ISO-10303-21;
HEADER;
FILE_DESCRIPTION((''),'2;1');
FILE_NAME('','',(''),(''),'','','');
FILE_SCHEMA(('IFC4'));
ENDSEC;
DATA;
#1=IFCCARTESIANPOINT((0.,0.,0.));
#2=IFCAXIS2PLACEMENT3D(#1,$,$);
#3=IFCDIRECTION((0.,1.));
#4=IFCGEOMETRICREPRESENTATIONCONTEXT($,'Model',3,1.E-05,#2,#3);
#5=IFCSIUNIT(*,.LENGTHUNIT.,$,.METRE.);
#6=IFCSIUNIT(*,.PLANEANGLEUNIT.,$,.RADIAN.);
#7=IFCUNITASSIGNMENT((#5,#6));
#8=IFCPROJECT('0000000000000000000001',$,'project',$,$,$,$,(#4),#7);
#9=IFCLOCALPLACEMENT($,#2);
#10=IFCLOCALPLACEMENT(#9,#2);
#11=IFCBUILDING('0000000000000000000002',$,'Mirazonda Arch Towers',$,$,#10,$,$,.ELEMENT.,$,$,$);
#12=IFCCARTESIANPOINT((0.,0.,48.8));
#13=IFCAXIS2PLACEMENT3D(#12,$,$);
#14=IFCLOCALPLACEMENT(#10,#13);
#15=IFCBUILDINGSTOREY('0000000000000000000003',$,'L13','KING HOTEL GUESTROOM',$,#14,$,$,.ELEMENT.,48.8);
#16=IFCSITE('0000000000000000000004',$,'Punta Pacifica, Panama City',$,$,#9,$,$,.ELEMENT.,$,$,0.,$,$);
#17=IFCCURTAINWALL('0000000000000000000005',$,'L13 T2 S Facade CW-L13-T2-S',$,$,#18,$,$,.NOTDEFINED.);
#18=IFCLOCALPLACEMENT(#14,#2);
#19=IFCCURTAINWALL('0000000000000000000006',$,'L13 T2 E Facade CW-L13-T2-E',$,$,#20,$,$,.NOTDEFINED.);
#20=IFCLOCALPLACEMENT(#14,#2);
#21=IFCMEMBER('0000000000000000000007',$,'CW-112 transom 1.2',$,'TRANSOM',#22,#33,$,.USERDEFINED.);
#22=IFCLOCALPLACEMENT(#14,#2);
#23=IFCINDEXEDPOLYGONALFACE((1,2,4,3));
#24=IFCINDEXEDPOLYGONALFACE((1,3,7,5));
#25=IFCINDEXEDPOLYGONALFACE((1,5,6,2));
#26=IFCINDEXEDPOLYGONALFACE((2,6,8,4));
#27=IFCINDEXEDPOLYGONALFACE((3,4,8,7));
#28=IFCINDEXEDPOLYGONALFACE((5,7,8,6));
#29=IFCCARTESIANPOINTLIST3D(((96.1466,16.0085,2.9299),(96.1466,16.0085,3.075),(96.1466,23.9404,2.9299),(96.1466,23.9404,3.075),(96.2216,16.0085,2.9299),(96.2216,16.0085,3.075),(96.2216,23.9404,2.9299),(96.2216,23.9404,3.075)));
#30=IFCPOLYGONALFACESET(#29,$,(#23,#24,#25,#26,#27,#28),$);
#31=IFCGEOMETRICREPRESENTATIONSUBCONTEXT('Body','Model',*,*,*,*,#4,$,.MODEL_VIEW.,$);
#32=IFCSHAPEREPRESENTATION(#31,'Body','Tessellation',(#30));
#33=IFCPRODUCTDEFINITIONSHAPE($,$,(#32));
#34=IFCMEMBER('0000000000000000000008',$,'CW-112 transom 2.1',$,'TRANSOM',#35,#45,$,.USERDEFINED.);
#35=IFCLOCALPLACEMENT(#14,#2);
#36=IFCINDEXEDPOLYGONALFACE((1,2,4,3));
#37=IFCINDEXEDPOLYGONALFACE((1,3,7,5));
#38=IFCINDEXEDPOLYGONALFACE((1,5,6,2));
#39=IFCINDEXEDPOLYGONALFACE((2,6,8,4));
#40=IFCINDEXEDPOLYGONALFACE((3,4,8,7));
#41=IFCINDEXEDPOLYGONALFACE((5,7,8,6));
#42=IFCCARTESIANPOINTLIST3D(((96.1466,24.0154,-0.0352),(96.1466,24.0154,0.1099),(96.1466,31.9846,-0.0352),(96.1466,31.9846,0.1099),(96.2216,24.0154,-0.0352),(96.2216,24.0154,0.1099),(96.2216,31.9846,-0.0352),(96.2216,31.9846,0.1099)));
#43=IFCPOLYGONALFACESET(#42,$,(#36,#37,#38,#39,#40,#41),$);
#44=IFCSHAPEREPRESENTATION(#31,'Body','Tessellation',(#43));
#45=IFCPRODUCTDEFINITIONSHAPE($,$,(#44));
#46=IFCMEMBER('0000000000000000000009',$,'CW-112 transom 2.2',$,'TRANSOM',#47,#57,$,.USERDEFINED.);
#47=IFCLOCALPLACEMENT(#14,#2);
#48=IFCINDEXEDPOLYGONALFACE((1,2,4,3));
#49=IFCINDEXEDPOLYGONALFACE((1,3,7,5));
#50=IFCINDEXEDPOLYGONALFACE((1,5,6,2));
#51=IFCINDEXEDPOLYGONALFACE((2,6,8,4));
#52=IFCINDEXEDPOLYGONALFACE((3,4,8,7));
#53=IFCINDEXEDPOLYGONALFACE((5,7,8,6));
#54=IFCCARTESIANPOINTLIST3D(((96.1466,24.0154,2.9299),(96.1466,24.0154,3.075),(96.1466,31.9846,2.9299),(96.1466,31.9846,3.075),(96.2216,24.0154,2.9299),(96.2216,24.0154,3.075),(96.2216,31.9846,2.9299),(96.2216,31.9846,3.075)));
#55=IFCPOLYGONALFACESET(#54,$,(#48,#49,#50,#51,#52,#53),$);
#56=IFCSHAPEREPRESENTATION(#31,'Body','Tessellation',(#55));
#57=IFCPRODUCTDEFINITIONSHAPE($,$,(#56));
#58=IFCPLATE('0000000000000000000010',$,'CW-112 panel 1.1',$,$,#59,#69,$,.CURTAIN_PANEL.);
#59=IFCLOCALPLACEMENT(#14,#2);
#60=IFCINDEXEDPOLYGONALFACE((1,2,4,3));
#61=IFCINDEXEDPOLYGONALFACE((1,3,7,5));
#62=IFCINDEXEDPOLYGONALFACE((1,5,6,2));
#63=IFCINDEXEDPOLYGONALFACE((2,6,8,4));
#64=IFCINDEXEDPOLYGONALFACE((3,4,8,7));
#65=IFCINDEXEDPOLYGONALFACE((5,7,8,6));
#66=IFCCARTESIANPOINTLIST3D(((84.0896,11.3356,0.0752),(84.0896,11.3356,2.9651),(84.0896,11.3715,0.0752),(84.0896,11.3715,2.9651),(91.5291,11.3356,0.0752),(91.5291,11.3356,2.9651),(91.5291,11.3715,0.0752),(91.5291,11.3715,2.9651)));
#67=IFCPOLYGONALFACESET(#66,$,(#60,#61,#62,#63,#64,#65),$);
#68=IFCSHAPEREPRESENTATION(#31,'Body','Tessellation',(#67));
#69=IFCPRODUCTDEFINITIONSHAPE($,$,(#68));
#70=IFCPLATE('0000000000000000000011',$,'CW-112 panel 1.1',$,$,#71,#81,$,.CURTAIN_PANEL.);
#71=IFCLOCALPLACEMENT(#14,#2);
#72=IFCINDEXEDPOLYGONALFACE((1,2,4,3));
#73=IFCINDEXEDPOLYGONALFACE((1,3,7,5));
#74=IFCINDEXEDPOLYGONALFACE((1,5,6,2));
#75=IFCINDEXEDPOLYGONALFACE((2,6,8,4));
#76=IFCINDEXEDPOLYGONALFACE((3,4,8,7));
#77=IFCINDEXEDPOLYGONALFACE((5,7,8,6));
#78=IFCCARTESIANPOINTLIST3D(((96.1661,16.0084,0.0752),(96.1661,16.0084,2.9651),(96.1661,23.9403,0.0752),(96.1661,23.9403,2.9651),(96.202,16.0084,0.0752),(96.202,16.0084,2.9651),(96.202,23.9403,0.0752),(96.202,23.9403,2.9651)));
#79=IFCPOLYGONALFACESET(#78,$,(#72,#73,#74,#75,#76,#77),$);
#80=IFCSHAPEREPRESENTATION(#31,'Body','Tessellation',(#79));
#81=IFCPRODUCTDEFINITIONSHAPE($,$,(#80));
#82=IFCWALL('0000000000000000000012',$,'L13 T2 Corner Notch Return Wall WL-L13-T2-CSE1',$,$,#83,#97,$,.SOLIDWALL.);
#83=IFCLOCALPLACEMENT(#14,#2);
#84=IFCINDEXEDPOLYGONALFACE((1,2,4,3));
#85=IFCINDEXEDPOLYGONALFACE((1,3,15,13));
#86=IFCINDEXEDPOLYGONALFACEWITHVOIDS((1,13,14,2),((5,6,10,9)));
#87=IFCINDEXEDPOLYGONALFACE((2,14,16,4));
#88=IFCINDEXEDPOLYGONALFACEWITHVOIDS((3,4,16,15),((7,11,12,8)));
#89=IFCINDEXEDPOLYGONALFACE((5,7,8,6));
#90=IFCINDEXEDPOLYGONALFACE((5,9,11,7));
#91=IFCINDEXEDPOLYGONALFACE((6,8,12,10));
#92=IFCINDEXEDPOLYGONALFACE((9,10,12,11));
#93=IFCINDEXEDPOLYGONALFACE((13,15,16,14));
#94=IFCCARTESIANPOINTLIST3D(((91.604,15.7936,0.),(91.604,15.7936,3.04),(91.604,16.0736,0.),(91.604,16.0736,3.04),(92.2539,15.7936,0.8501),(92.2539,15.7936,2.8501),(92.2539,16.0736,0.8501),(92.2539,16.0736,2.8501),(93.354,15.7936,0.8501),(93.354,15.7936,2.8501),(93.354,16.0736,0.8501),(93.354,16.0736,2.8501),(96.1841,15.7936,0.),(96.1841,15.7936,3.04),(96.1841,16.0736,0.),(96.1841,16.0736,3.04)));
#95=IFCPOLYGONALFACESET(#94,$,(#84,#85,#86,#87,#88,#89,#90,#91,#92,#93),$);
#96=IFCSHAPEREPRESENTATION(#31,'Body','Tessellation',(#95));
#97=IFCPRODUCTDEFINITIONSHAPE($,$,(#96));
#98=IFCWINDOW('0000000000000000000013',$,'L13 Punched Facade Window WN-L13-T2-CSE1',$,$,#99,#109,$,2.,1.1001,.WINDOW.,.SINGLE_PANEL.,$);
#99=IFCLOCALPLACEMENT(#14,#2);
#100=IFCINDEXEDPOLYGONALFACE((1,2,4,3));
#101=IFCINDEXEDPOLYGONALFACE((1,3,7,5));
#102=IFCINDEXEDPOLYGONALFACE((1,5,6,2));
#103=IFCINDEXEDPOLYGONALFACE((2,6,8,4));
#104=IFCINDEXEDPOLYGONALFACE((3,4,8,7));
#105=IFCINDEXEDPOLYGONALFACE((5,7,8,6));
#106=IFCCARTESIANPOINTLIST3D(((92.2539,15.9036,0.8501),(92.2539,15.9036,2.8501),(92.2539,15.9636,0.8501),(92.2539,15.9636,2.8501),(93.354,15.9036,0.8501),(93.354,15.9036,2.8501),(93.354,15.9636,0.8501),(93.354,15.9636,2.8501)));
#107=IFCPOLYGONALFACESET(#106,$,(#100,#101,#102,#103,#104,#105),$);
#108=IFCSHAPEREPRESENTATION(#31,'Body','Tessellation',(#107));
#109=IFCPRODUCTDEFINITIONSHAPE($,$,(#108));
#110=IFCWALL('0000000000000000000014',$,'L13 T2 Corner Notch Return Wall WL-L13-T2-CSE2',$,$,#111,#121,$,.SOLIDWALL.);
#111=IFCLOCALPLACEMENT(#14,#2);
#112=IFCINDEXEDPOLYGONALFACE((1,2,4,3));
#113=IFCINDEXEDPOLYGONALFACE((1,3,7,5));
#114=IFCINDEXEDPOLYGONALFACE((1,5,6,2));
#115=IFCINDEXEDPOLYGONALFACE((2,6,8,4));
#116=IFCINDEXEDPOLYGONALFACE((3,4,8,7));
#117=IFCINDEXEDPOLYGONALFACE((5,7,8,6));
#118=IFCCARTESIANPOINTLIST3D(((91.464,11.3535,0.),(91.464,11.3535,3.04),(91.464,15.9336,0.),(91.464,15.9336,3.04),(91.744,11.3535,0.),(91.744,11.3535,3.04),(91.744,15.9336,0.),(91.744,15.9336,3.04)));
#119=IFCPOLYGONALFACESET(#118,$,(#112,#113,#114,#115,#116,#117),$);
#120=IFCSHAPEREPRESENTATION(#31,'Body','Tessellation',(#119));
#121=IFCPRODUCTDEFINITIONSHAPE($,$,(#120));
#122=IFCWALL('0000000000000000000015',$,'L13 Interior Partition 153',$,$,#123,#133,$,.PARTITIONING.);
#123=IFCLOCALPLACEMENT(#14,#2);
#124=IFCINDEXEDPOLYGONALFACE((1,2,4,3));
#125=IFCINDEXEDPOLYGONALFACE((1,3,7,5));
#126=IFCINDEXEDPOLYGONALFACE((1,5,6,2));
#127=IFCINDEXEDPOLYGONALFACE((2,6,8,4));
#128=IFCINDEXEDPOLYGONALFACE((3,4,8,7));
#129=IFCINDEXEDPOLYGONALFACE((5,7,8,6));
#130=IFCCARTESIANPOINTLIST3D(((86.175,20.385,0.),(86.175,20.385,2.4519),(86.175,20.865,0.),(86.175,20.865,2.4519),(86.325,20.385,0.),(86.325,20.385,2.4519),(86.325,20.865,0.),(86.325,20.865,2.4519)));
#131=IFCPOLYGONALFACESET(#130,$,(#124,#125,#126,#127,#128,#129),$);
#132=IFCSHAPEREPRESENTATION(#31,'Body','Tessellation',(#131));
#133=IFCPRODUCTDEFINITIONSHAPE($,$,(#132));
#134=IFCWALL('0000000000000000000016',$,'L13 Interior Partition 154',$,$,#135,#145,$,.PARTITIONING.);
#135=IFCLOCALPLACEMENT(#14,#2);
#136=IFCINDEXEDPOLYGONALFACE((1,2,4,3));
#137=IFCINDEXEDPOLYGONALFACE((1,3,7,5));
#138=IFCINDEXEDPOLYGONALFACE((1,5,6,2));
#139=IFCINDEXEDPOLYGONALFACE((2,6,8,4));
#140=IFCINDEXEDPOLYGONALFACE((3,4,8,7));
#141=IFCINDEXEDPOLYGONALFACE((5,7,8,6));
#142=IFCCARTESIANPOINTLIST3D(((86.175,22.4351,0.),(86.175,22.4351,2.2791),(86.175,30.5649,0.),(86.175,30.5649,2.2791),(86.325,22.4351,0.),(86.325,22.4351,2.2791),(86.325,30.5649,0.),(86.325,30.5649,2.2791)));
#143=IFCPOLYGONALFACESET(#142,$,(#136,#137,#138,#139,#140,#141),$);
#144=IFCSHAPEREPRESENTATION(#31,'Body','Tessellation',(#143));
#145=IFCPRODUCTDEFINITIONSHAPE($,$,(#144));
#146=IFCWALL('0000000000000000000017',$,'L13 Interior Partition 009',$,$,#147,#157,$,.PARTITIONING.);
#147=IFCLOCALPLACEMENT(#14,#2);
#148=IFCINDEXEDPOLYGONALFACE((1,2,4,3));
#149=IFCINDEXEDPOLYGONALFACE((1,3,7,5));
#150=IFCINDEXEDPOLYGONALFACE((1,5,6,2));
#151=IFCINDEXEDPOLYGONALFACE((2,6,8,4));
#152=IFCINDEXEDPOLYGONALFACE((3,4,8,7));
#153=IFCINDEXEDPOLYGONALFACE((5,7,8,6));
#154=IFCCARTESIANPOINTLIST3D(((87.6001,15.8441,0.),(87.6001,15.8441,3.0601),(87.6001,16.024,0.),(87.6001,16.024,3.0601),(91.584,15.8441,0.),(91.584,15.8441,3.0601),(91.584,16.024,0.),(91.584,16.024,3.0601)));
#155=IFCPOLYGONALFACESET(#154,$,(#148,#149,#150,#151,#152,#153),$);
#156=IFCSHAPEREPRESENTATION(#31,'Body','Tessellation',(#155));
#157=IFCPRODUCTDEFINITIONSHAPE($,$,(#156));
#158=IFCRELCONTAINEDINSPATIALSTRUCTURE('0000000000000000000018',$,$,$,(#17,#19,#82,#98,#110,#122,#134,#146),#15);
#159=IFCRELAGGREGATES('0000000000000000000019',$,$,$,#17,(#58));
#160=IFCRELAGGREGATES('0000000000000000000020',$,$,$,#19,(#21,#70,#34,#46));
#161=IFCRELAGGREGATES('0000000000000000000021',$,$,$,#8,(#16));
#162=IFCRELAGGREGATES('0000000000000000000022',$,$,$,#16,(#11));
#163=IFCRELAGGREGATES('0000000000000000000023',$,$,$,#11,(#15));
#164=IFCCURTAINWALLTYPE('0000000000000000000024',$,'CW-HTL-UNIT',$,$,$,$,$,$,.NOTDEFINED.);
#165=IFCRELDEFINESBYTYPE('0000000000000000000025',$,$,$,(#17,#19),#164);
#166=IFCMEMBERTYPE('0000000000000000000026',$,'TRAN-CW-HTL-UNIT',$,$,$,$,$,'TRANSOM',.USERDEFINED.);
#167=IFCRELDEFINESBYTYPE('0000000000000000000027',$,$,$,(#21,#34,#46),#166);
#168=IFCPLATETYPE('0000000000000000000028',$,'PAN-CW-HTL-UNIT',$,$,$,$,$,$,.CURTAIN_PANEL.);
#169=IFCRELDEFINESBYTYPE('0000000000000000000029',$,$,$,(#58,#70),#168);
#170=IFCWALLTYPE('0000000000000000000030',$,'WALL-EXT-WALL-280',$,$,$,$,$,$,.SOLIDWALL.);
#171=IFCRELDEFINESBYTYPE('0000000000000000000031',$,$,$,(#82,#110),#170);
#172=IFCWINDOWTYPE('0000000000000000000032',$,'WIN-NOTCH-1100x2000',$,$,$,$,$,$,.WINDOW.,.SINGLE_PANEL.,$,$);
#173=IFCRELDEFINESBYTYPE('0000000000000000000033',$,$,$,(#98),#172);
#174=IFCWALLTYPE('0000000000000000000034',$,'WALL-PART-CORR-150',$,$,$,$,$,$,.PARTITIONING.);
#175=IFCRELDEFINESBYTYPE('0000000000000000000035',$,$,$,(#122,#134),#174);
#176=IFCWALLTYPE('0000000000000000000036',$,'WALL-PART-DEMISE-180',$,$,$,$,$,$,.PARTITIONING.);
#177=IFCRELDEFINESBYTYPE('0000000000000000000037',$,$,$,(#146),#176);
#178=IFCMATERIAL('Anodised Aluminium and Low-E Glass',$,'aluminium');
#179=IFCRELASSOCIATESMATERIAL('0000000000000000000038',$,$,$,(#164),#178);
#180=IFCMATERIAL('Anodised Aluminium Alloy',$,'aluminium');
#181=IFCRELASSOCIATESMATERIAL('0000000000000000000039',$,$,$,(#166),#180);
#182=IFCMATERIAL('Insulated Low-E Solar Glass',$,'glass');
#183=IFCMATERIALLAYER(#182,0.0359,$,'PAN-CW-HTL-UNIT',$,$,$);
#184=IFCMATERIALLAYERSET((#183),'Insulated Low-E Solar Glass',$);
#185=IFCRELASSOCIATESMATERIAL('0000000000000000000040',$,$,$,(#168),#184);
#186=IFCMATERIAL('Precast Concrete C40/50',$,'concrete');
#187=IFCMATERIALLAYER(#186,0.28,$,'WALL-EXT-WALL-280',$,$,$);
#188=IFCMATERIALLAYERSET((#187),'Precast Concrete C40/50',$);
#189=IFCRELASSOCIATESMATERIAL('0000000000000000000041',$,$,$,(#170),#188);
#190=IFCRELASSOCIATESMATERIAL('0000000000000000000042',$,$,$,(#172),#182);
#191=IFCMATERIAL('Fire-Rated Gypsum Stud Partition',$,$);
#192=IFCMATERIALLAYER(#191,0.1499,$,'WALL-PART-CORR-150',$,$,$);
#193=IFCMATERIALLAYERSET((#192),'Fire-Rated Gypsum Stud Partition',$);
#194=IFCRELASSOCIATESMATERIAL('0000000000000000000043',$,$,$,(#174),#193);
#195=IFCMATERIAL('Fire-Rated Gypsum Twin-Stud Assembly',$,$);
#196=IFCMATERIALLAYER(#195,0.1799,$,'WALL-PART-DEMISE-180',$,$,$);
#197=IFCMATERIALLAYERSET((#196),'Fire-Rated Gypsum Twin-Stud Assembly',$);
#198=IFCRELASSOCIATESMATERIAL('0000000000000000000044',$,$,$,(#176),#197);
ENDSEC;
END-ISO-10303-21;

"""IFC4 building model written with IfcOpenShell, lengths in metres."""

from ifc_helpers import new_model, si_unit, direction, frame, frame_2d, origin, origin_2d, place, context, subcontext, project, spatial, rectangle, extrude, material, layer, layer_set, material_profile, profile_set, type_object, element, fill, aggregate, save


model = new_model("IFC4")

# Units and contexts
model_context = context("Model", 3, precision=1e-05, world=origin(), true_north=direction((0.0, 1.0)))
body_context = subcontext(model_context, "Body", "Model", "MODEL_VIEW")
ifc_project = project(units=[si_unit("LENGTHUNIT", "METRE"), si_unit("PLANEANGLEUNIT", "RADIAN")], contexts=[model_context])

# Site, building, storey
site_placement = place(None, origin())
site = spatial("IfcSite", under=ifc_project, at=site_placement, Name="Punta Pacifica, Panama City", CompositionType="ELEMENT", RefElevation=0.0)
building_placement = place(site_placement, origin())
building = spatial("IfcBuilding", under=site, at=building_placement, Name="Mirazonda Arch Towers", CompositionType="ELEMENT")
storey_placement = place(building_placement, frame((0.0, 0.0, 48.8)))
storey = spatial("IfcBuildingStorey", under=building, at=storey_placement, Name="L13", Description="KING HOTEL GUESTROOM", CompositionType="ELEMENT", Elevation=48.8)

# Curtain wall
ifc_material_1 = material(Name="Anodised Aluminium and Low-E Glass", Category="aluminium")
curtain_wall_type = type_object("IfcCurtainWallType", Name="CW-HTL-UNIT", PredefinedType="NOTDEFINED", material=ifc_material_1)
curtain_wall_1_placement = place(storey_placement, origin())
curtain_wall_1 = element("IfcCurtainWall", 1, at=curtain_wall_1_placement, inside=storey, type_object=curtain_wall_type, Name="L13 T2 S Facade CW-L13-T2-S", PredefinedType="NOTDEFINED")
ifc_material_2 = material(Name="Anodised Aluminium Alloy", Category="aluminium")

# Curtain wall
curtain_wall_2_placement = place(storey_placement, origin())
curtain_wall_2 = element("IfcCurtainWall", 2, at=curtain_wall_2_placement, inside=storey, type_object=curtain_wall_type, Name="L13 T2 E Facade CW-L13-T2-E", PredefinedType="NOTDEFINED")

# Members
ifc_material_profile_1 = material_profile(ifc_material_2, rectangle(XDim=0.075, YDim=0.145, at=origin_2d()), Name="ALU-TRAN-75x145")
ifc_profile_set_1 = profile_set([ifc_material_profile_1], Name="Anodised Aluminium Alloy")
member_type_1 = type_object("IfcMemberType", Name="TRAN-CW-HTL-UNIT", ElementType="TRANSOM", PredefinedType="USERDEFINED", material=ifc_profile_set_1)
member_1_placement = place(storey_placement, frame((96.1841, 16.0085, 3.0024), z_axis=(0.0, 1.0, 0.0), x_axis=(-1.0, 0.0, 0.0)))
member_1 = element("IfcMember", 3, at=member_1_placement, type_object=member_type_1, Name="CW-112 transom 1.2", ObjectType="TRANSOM", PredefinedType="USERDEFINED", context=body_context, shape_type="SweptSolid", body=[
    extrude(rectangle(XDim=0.075, YDim=0.145, at=origin_2d()), origin(), (0.0, 0.0, 1.0), 7.9319),
])
member_2_placement = place(storey_placement, frame((96.1841, 24.0154, 0.0374), z_axis=(0.0, 1.0, 0.0), x_axis=(-1.0, 0.0, 0.0)))
member_2 = element("IfcMember", 4, at=member_2_placement, type_object=member_type_1, Name="CW-112 transom 2.1", ObjectType="TRANSOM", PredefinedType="USERDEFINED", context=body_context, shape_type="SweptSolid", body=[
    extrude(rectangle(XDim=0.075, YDim=0.145, at=origin_2d()), origin(), (0.0, 0.0, 1.0), 7.9692),
])
member_3_placement = place(storey_placement, frame((96.1841, 24.0154, 3.0024), z_axis=(0.0, 1.0, 0.0), x_axis=(-1.0, 0.0, 0.0)))
member_3 = element("IfcMember", 5, at=member_3_placement, type_object=member_type_1, Name="CW-112 transom 2.2", ObjectType="TRANSOM", PredefinedType="USERDEFINED", context=body_context, shape_type="SweptSolid", body=[
    extrude(rectangle(XDim=0.075, YDim=0.145, at=origin_2d()), origin(), (0.0, 0.0, 1.0), 7.9692),
])

# Plates
ifc_material_3 = material(Name="Insulated Low-E Solar Glass", Category="glass")
ifc_layer_1 = layer(ifc_material_3, 0.0359, Name="PAN-CW-HTL-UNIT")
ifc_layer_set_1 = layer_set([ifc_layer_1], Name="Insulated Low-E Solar Glass")
plate_type = type_object("IfcPlateType", Name="PAN-CW-HTL-UNIT", PredefinedType="CURTAIN_PANEL", material=ifc_layer_set_1)
plate_1_placement = place(storey_placement, frame((87.8093, 11.3535, 0.0752), z_axis=(0.0, 0.0, 1.0), x_axis=(-1.0, 0.0, 0.0)))
plate_1 = element("IfcPlate", 6, at=plate_1_placement, type_object=plate_type, Name="CW-112 panel 1.1", PredefinedType="CURTAIN_PANEL", context=body_context, shape_type="SweptSolid", body=[
    extrude(rectangle(XDim=7.4395, YDim=0.0359, at=origin_2d()), origin(), (0.0, 0.0, 1.0), 2.8899),
])
aggregate(curtain_wall_1, [plate_1])
plate_2_placement = place(storey_placement, frame((96.1841, 19.9744, 0.0752), z_axis=(0.0, 0.0, 1.0), x_axis=(0.0, 1.0, 0.0)))
plate_2 = element("IfcPlate", 7, at=plate_2_placement, type_object=plate_type, Name="CW-112 panel 1.1", PredefinedType="CURTAIN_PANEL", context=body_context, shape_type="SweptSolid", body=[
    extrude(rectangle(XDim=7.9319, YDim=0.0359, at=origin_2d()), origin(), (0.0, 0.0, 1.0), 2.8899),
])
aggregate(curtain_wall_2, [member_1, plate_2, member_2, member_3])

# Wall, opening, window
ifc_material_4 = material(Name="Precast Concrete C40/50", Category="concrete")
ifc_layer_2 = layer(ifc_material_4, 0.28, Name="WALL-EXT-WALL-280")
ifc_layer_set_2 = layer_set([ifc_layer_2], Name="Precast Concrete C40/50")
wall_type_1 = type_object("IfcWallType", Name="WALL-EXT-WALL-280", PredefinedType="SOLIDWALL", material=ifc_layer_set_2)
wall_1_placement = place(storey_placement, frame((91.604, 15.9336, 0.0), z_axis=(0.0, 0.0, 1.0), x_axis=(1.0, 0.0, 0.0)))
wall_1 = element("IfcWall", 8, at=wall_1_placement, inside=storey, type_object=wall_type_1, Name="L13 T2 Corner Notch Return Wall WL-L13-T2-CSE1", PredefinedType="SOLIDWALL", context=body_context, shape_type="SweptSolid", body=[
    extrude(rectangle(XDim=4.5801, YDim=0.28, at=frame_2d((2.29, 0.0))), origin(), (0.0, 0.0, 1.0), 3.04),
])
opening_1_placement = place(wall_1_placement, frame((0.6499, 0.0, 0.8501)))
opening_1 = element("IfcOpeningElement", 9, at=opening_1_placement, cuts=wall_1, PredefinedType="OPENING", context=body_context, shape_type="SweptSolid", body=[
    extrude(rectangle(XDim=1.1001, YDim=2.0, at=frame_2d((0.55, 1.0))), frame((0.0, 0.1499, 0.0), z_axis=(0.0, -1.0, 0.0), x_axis=(1.0, 0.0, 0.0)), (0.0, 0.0, 1.0), 0.3),
])
window_type = type_object("IfcWindowType", Name="WIN-NOTCH-1100x2000", PartitioningType="SINGLE_PANEL", PredefinedType="WINDOW", material=ifc_material_3)
window_placement = place(opening_1_placement, origin())
window = element("IfcWindow", 10, at=window_placement, inside=storey, type_object=window_type, Name="L13 Punched Facade Window WN-L13-T2-CSE1", OverallHeight=2.0, OverallWidth=1.1001, PartitioningType="SINGLE_PANEL", PredefinedType="WINDOW", context=body_context, shape_type="SweptSolid", body=[
    extrude(rectangle(XDim=1.1001, YDim=2.0, at=frame_2d((0.55, 1.0))), frame((0.0, 0.03, 0.0), z_axis=(0.0, -1.0, 0.0), x_axis=(1.0, 0.0, 0.0)), (0.0, 0.0, 1.0), 0.0601),
])
fill(opening_1, window)

# Walls
wall_2_placement = place(storey_placement, frame((91.604, 11.3535, 0.0), z_axis=(0.0, 0.0, 1.0), x_axis=(0.0, 1.0, 0.0)))
element("IfcWall", 11, at=wall_2_placement, inside=storey, type_object=wall_type_1, Name="L13 T2 Corner Notch Return Wall WL-L13-T2-CSE2", PredefinedType="SOLIDWALL", context=body_context, shape_type="SweptSolid", body=[
    extrude(rectangle(XDim=4.5801, YDim=0.28, at=frame_2d((2.29, 0.0))), origin(), (0.0, 0.0, 1.0), 3.04),
])
ifc_material_5 = material(Name="Fire-Rated Gypsum Stud Partition")
ifc_layer_3 = layer(ifc_material_5, 0.1499, Name="WALL-PART-CORR-150")
ifc_layer_set_3 = layer_set([ifc_layer_3], Name="Fire-Rated Gypsum Stud Partition")
wall_type_2 = type_object("IfcWallType", Name="WALL-PART-CORR-150", PredefinedType="PARTITIONING", material=ifc_layer_set_3)
wall_3_placement = place(storey_placement, frame((86.25, 20.385, 0.0), z_axis=(0.0, 0.0, 1.0), x_axis=(0.0, 1.0, 0.0)))
element("IfcWall", 12, at=wall_3_placement, inside=storey, type_object=wall_type_2, Name="L13 Interior Partition 153", PredefinedType="PARTITIONING", context=body_context, shape_type="SweptSolid", body=[
    extrude(rectangle(XDim=0.48, YDim=0.1499, at=frame_2d((0.24, 0.0))), origin(), (0.0, 0.0, 1.0), 2.4519),
])
wall_4_placement = place(storey_placement, frame((86.25, 22.4351, 0.0), z_axis=(0.0, 0.0, 1.0), x_axis=(0.0, 1.0, 0.0)))
element("IfcWall", 13, at=wall_4_placement, inside=storey, type_object=wall_type_2, Name="L13 Interior Partition 154", PredefinedType="PARTITIONING", context=body_context, shape_type="SweptSolid", body=[
    extrude(rectangle(XDim=8.1299, YDim=0.1499, at=frame_2d((4.0649, 0.0))), origin(), (0.0, 0.0, 1.0), 2.2791),
])
ifc_material_6 = material(Name="Fire-Rated Gypsum Twin-Stud Assembly")
ifc_layer_4 = layer(ifc_material_6, 0.1799, Name="WALL-PART-DEMISE-180")
ifc_layer_set_4 = layer_set([ifc_layer_4], Name="Fire-Rated Gypsum Twin-Stud Assembly")
wall_type_3 = type_object("IfcWallType", Name="WALL-PART-DEMISE-180", PredefinedType="PARTITIONING", material=ifc_layer_set_4)
wall_5_placement = place(storey_placement, frame((87.6001, 15.9341, 0.0), z_axis=(0.0, 0.0, 1.0), x_axis=(1.0, 0.0, 0.0)))
element("IfcWall", 14, at=wall_5_placement, inside=storey, type_object=wall_type_3, Name="L13 Interior Partition 009", PredefinedType="PARTITIONING", context=body_context, shape_type="SweptSolid", body=[
    extrude(rectangle(XDim=3.9839, YDim=0.1799, at=frame_2d((1.9919, 0.0))), origin(), (0.0, 0.0, 1.0), 3.0601),
])

save(model, "model.ifc")
